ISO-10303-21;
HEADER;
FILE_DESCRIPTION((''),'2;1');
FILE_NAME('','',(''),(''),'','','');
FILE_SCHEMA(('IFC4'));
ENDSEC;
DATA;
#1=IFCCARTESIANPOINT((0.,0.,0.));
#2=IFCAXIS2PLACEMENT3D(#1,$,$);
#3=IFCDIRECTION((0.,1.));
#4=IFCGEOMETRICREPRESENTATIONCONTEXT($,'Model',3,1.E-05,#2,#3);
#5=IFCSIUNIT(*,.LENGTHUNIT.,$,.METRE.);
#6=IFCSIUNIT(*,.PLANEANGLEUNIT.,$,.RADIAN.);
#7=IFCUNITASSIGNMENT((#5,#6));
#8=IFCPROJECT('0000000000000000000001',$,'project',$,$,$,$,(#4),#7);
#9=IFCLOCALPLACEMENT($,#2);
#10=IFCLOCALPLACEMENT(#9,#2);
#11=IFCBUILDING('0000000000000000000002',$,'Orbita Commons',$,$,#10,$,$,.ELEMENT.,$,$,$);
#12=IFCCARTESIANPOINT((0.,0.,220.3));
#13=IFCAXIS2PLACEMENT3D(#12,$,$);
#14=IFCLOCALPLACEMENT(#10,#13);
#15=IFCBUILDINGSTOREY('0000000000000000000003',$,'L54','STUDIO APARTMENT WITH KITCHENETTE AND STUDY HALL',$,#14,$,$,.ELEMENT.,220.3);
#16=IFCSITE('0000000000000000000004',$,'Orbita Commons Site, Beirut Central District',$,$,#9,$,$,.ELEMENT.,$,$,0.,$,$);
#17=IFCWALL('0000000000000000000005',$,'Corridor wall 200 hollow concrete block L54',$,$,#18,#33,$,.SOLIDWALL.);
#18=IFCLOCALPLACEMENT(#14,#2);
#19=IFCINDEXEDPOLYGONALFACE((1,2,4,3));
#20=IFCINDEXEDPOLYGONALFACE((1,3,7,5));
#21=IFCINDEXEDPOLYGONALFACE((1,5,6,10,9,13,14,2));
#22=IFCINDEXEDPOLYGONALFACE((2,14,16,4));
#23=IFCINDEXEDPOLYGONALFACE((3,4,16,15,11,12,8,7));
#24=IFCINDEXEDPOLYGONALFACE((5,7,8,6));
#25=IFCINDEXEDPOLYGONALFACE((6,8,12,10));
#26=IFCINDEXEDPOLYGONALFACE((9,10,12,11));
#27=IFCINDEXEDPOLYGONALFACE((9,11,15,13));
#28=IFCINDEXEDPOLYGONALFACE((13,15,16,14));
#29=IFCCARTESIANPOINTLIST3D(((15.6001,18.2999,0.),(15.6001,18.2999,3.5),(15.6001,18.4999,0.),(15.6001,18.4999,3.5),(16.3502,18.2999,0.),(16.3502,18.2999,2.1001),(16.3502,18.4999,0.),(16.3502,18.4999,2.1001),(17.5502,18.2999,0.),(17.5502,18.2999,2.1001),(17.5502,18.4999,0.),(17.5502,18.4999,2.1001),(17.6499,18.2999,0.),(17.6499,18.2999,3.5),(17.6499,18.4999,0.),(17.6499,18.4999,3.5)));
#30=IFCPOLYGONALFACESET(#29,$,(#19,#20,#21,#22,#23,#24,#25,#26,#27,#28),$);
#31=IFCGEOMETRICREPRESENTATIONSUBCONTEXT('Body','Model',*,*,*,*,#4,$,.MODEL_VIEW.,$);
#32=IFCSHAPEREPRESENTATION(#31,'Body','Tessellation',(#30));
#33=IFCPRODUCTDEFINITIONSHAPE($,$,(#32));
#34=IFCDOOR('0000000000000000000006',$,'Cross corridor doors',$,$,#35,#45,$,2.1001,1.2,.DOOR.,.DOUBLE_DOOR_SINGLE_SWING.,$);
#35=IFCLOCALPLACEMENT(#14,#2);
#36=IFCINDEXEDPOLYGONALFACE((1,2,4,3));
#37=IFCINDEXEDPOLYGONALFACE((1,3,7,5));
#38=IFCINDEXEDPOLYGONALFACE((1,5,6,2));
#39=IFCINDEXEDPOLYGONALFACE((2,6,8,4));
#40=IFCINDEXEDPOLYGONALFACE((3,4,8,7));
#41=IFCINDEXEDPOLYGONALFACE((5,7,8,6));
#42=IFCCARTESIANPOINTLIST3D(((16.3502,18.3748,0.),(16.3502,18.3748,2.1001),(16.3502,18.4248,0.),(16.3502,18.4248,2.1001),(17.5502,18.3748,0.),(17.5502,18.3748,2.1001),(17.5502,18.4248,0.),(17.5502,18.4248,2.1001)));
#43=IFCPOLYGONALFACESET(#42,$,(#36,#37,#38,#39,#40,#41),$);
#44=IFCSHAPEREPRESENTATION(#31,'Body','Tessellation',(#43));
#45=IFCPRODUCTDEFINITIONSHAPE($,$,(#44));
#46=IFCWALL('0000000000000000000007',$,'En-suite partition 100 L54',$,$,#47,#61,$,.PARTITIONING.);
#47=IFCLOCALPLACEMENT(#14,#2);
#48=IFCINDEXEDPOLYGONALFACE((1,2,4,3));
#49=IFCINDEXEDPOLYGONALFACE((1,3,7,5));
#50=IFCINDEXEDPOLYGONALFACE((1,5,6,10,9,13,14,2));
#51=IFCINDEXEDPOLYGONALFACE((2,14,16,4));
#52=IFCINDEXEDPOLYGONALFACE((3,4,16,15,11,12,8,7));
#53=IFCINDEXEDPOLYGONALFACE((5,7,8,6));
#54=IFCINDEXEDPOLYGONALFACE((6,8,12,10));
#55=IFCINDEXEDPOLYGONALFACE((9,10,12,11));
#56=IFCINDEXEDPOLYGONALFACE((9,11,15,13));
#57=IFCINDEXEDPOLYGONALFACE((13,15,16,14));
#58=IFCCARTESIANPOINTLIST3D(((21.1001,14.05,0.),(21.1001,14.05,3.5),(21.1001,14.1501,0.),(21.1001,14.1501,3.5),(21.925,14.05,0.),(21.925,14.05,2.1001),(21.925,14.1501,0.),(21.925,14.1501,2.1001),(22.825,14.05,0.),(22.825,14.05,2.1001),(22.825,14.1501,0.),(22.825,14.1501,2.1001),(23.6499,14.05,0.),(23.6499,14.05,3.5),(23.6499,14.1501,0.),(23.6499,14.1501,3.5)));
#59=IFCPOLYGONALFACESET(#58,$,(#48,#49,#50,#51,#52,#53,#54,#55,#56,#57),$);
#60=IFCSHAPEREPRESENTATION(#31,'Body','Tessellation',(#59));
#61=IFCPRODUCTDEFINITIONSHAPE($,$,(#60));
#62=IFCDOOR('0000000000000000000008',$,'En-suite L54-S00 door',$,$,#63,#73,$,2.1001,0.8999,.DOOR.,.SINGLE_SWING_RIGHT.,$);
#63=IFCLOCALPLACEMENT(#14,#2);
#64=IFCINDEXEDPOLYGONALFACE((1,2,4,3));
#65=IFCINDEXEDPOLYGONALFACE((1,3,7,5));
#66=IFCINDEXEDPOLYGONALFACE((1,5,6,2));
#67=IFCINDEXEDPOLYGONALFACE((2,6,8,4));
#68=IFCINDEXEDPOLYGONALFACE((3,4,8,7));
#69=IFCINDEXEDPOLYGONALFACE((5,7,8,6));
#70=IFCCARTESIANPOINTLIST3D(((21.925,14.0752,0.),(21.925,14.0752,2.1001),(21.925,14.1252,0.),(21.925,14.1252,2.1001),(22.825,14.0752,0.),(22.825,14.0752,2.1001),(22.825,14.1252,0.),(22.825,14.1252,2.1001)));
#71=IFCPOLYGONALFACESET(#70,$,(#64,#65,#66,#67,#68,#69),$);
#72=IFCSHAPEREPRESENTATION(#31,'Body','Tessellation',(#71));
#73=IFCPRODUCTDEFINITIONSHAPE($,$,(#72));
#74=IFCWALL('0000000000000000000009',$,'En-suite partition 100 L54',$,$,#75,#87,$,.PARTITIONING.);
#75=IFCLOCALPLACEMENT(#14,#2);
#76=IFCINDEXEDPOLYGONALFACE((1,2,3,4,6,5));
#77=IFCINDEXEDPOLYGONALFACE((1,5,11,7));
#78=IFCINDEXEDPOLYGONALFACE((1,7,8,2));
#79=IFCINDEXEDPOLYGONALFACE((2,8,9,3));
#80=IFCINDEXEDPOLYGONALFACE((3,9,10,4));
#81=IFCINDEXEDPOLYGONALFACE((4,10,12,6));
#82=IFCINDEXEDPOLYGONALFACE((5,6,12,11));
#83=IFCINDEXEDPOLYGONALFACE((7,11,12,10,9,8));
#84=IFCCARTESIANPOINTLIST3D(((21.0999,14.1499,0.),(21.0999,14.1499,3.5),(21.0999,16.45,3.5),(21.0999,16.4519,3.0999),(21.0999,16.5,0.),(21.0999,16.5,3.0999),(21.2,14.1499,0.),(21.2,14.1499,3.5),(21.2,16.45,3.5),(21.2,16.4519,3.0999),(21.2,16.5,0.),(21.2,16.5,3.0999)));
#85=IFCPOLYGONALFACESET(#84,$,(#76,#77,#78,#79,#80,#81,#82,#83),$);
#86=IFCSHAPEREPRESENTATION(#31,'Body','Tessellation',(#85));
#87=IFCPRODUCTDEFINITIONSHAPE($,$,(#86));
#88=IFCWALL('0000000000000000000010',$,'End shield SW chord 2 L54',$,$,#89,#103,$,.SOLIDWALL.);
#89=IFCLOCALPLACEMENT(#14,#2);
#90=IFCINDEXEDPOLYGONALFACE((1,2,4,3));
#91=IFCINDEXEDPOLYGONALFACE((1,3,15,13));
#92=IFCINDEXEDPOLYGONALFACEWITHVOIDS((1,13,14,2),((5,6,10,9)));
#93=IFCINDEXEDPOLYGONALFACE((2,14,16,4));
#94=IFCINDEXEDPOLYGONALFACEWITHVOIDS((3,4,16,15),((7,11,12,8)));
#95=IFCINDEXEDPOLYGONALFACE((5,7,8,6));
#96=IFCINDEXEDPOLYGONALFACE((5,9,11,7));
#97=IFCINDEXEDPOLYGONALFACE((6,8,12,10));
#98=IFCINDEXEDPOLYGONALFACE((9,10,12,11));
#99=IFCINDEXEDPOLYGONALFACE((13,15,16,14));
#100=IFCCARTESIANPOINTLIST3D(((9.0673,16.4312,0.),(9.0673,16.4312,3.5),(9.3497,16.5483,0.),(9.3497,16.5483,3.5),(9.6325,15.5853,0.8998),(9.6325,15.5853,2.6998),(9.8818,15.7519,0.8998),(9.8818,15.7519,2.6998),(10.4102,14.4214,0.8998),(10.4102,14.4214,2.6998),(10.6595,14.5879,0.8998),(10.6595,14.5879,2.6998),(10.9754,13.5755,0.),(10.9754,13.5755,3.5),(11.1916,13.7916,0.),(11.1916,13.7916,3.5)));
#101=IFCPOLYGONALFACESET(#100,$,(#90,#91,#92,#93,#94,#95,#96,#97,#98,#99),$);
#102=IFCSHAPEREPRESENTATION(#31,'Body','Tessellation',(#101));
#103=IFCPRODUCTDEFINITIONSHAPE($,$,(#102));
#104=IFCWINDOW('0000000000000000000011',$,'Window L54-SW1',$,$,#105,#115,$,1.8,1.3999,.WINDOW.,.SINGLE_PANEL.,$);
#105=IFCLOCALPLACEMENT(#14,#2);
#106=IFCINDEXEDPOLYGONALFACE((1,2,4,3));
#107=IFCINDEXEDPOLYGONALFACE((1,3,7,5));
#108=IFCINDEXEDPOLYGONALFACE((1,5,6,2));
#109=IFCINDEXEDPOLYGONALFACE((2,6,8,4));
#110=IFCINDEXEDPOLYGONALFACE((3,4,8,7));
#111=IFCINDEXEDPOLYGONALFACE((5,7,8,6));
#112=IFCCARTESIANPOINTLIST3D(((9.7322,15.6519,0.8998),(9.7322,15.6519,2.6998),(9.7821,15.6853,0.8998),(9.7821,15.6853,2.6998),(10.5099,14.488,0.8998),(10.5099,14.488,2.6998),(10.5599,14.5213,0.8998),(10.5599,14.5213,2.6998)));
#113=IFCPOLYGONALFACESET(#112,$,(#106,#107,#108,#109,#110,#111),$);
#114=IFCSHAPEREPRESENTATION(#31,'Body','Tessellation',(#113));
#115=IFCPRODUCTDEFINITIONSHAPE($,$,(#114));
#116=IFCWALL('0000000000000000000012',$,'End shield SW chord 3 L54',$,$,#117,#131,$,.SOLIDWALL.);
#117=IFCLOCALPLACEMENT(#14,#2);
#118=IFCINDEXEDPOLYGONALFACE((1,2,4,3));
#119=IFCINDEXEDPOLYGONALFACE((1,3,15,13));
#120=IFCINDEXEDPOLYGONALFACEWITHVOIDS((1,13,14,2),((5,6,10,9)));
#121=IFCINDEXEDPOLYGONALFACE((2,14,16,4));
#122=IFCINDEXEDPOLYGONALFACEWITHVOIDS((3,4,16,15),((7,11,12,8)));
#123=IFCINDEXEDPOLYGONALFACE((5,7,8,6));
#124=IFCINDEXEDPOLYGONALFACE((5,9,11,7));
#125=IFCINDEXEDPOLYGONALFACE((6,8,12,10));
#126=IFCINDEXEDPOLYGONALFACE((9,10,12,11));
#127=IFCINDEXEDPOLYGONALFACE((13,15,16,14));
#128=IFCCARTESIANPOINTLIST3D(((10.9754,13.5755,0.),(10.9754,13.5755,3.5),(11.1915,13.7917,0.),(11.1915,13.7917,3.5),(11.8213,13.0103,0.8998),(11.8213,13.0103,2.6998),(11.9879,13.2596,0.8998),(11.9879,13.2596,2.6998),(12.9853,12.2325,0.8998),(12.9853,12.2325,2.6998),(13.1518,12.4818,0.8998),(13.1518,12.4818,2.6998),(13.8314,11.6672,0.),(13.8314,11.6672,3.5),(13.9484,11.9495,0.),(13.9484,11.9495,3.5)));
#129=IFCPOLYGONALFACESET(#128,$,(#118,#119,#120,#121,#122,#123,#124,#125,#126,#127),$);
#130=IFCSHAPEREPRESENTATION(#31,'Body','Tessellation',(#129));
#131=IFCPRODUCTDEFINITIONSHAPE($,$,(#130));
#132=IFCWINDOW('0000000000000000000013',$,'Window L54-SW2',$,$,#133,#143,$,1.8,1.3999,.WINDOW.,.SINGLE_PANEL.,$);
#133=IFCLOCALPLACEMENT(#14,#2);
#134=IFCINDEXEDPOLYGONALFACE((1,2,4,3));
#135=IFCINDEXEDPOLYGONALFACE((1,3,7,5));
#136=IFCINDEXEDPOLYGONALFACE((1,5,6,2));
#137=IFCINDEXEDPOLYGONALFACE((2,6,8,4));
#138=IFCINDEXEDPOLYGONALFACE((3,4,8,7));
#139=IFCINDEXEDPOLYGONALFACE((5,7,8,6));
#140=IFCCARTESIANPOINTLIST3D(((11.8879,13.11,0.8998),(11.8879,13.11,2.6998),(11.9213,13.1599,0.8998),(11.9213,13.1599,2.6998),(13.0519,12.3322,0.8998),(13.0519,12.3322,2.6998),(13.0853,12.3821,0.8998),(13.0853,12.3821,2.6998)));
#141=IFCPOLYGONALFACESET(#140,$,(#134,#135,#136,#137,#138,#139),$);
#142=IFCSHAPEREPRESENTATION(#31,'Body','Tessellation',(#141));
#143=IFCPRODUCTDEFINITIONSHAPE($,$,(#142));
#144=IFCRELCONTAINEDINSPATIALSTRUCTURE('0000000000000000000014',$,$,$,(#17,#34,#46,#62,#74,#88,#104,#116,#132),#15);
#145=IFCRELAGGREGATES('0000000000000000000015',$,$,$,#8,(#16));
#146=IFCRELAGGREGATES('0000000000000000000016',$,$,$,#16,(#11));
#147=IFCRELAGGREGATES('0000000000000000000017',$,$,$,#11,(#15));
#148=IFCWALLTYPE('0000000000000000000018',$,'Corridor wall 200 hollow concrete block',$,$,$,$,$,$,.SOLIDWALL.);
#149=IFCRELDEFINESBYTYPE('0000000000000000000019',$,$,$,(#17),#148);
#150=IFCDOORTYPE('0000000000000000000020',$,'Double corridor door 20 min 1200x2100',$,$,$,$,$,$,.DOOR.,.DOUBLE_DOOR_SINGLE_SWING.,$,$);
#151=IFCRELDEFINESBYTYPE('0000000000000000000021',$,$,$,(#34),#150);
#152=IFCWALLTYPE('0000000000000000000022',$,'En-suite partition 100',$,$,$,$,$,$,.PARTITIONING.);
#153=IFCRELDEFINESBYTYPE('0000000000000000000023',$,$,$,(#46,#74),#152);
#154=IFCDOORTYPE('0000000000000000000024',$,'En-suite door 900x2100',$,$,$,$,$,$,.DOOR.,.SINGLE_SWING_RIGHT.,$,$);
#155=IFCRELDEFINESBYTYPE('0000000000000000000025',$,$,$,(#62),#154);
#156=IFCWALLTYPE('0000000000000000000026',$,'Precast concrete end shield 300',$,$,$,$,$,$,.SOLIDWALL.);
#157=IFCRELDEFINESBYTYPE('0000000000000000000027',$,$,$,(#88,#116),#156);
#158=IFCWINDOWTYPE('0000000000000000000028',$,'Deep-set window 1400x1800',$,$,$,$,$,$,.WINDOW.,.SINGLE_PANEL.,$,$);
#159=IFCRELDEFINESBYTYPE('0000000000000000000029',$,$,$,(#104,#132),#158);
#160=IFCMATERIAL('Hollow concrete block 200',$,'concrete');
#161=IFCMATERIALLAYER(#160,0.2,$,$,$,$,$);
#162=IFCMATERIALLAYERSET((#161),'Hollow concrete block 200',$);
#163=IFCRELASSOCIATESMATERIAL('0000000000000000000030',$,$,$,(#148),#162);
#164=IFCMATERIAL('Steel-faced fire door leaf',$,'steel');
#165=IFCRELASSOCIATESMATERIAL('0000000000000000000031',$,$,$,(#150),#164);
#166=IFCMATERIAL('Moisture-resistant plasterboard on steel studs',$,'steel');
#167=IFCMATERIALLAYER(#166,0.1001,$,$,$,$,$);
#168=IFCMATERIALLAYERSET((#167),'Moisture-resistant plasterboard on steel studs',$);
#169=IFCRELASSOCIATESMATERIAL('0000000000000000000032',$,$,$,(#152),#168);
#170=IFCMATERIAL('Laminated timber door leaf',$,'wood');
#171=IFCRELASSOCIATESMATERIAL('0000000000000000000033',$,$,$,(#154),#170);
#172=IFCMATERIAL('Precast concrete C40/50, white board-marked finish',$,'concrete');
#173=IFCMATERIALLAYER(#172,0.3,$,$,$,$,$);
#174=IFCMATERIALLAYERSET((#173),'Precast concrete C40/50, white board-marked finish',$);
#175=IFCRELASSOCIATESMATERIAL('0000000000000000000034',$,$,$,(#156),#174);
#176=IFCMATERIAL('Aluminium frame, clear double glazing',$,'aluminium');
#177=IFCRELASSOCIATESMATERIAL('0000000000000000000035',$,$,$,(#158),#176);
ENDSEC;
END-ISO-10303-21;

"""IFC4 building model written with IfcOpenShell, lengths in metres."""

from ifc_helpers import new_model, si_unit, direction, frame, frame_2d, origin, place, context, subcontext, project, spatial, polyline, rectangle, outline, extrude, material, layer, layer_set, type_object, element, fill, save


model = new_model("IFC4")

# Units and contexts
model_context = context("Model", 3, precision=1e-05, world=origin(), true_north=direction((0.0, 1.0)))
body_context = subcontext(model_context, "Body", "Model", "MODEL_VIEW")
ifc_project = project(units=[si_unit("LENGTHUNIT", "METRE"), si_unit("PLANEANGLEUNIT", "RADIAN")], contexts=[model_context])

# Site, building, storey
site_placement = place(None, origin())
site = spatial("IfcSite", under=ifc_project, at=site_placement, Name="Orbita Commons Site, Beirut Central District", CompositionType="ELEMENT", RefElevation=0.0)
building_placement = place(site_placement, origin())
building = spatial("IfcBuilding", under=site, at=building_placement, Name="Orbita Commons", CompositionType="ELEMENT")
storey_placement = place(building_placement, frame((0.0, 0.0, 220.3)))
storey = spatial("IfcBuildingStorey", under=building, at=storey_placement, Name="L54", Description="STUDIO APARTMENT WITH KITCHENETTE AND STUDY HALL", CompositionType="ELEMENT", Elevation=220.3)

# Walls, openings, doors
ifc_material_1 = material(Name="Hollow concrete block 200", Category="concrete")
ifc_layer_1 = layer(ifc_material_1, 0.2)
ifc_layer_set_1 = layer_set([ifc_layer_1], Name="Hollow concrete block 200")
wall_type_1 = type_object("IfcWallType", Name="Corridor wall 200 hollow concrete block", PredefinedType="SOLIDWALL", material=ifc_layer_set_1)
wall_1_placement = place(storey_placement, frame((15.6001, 18.3999, 0.0), z_axis=(0.0, 0.0, 1.0), x_axis=(1.0, 0.0, 0.0)))
wall_1 = element("IfcWall", 1, at=wall_1_placement, inside=storey, type_object=wall_type_1, Name="Corridor wall 200 hollow concrete block L54", PredefinedType="SOLIDWALL", context=body_context, shape_type="SweptSolid", body=[
    extrude(rectangle(XDim=2.0498, YDim=0.2, at=frame_2d((1.0249, 0.0))), origin(), (0.0, 0.0, 1.0), 3.5),
])
opening_1_placement = place(wall_1_placement, frame((0.75, 0.0, 0.0)))
opening_1 = element("IfcOpeningElement", 2, at=opening_1_placement, cuts=wall_1, PredefinedType="OPENING", context=body_context, shape_type="SweptSolid", body=[
    extrude(rectangle(XDim=1.2, YDim=2.1001, at=frame_2d((0.6001, 1.05))), frame((0.0, 0.1099, 0.0), z_axis=(0.0, -1.0, 0.0), x_axis=(1.0, 0.0, 0.0)), (0.0, 0.0, 1.0), 0.22),
])
ifc_material_2 = material(Name="Steel-faced fire door leaf", Category="steel")
door_type_1 = type_object("IfcDoorType", Name="Double corridor door 20 min 1200x2100", OperationType="DOUBLE_DOOR_SINGLE_SWING", PredefinedType="DOOR", material=ifc_material_2)
door_1_placement = place(opening_1_placement, origin())
door_1 = element("IfcDoor", 3, at=door_1_placement, inside=storey, type_object=door_type_1, Name="Cross corridor doors", OperationType="DOUBLE_DOOR_SINGLE_SWING", OverallHeight=2.1001, OverallWidth=1.2, PredefinedType="DOOR", context=body_context, shape_type="SweptSolid", body=[
    extrude(rectangle(XDim=1.2, YDim=2.1001, at=frame_2d((0.6001, 1.05))), frame((0.0, 0.0249, 0.0), z_axis=(0.0, -1.0, 0.0), x_axis=(1.0, 0.0, 0.0)), (0.0, 0.0, 1.0), 0.05),
])
fill(opening_1, door_1)
ifc_material_3 = material(Name="Moisture-resistant plasterboard on steel studs", Category="steel")
ifc_layer_2 = layer(ifc_material_3, 0.1001)
ifc_layer_set_2 = layer_set([ifc_layer_2], Name="Moisture-resistant plasterboard on steel studs")
wall_type_2 = type_object("IfcWallType", Name="En-suite partition 100", PredefinedType="PARTITIONING", material=ifc_layer_set_2)
wall_2_placement = place(storey_placement, frame((23.6499, 14.1001, 0.0), z_axis=(0.0, 0.0, 1.0), x_axis=(-1.0, 0.0, 0.0)))
wall_2 = element("IfcWall", 4, at=wall_2_placement, inside=storey, type_object=wall_type_2, Name="En-suite partition 100 L54", PredefinedType="PARTITIONING", context=body_context, shape_type="SweptSolid", body=[
    extrude(rectangle(XDim=2.5498, YDim=0.1001, at=frame_2d((1.2749, 0.0))), origin(), (0.0, 0.0, 1.0), 3.5),
])
opening_2_placement = place(wall_2_placement, frame((0.825, 0.0, 0.0)))
opening_2 = element("IfcOpeningElement", 5, at=opening_2_placement, cuts=wall_2, PredefinedType="OPENING", context=body_context, shape_type="SweptSolid", body=[
    extrude(rectangle(XDim=0.8999, YDim=2.1001, at=frame_2d((0.45, 1.05))), frame((0.0, 0.0601, 0.0), z_axis=(0.0, -1.0, 0.0), x_axis=(1.0, 0.0, 0.0)), (0.0, 0.0, 1.0), 0.1201),
])
ifc_material_4 = material(Name="Laminated timber door leaf", Category="wood")
door_type_2 = type_object("IfcDoorType", Name="En-suite door 900x2100", OperationType="SINGLE_SWING_RIGHT", PredefinedType="DOOR", material=ifc_material_4)
door_2_placement = place(opening_2_placement, origin())
door_2 = element("IfcDoor", 6, at=door_2_placement, inside=storey, type_object=door_type_2, Name="En-suite L54-S00 door", OperationType="SINGLE_SWING_RIGHT", OverallHeight=2.1001, OverallWidth=0.8999, PredefinedType="DOOR", context=body_context, shape_type="SweptSolid", body=[
    extrude(rectangle(XDim=0.8999, YDim=2.1001, at=frame_2d((0.45, 1.05))), frame((0.0, 0.0249, 0.0), z_axis=(0.0, -1.0, 0.0), x_axis=(1.0, 0.0, 0.0)), (0.0, 0.0, 1.0), 0.05),
])
fill(opening_2, door_2)

# Wall
wall_3_placement = place(storey_placement, frame((21.1499, 14.1499, 0.0), z_axis=(0.0, 0.0, 1.0), x_axis=(0.0, 1.0, 0.0)))
element("IfcWall", 7, at=wall_3_placement, inside=storey, type_object=wall_type_2, Name="En-suite partition 100 L54", PredefinedType="PARTITIONING", context=body_context, shape_type="SweptSolid", body=[
    extrude(outline(polyline([(0.0, 0.0), (2.3501, 0.0), (2.3501, 3.0999), (2.302, 3.0999), (2.3, 3.5), (0.0, 3.5), (0.0, 0.0)])), frame((0.0, 0.05, 0.0), z_axis=(0.0, -1.0, 0.0), x_axis=(1.0, 0.0, 0.0)), (0.0, 0.0, 1.0), 0.1001),
])

# Walls, openings, windows
ifc_material_5 = material(Name="Precast concrete C40/50, white board-marked finish", Category="concrete")
ifc_layer_3 = layer(ifc_material_5, 0.3)
ifc_layer_set_3 = layer_set([ifc_layer_3], Name="Precast concrete C40/50, white board-marked finish")
wall_type_3 = type_object("IfcWallType", Name="Precast concrete end shield 300", PredefinedType="SOLIDWALL", material=ifc_layer_set_3)
wall_4_placement = place(storey_placement, frame((9.2085, 16.4897, 0.0), z_axis=(0.0, 0.0, 1.0), x_axis=(0.555568, -0.831471, 0.0)))
wall_4 = element("IfcWall", 8, at=wall_4_placement, inside=storey, type_object=wall_type_3, Name="End shield SW chord 2 L54", PredefinedType="SOLIDWALL", context=body_context, shape_type="SweptSolid", body=[
    extrude(outline(polyline([(-0.0298, -0.1499), (3.4048, -0.1499), (3.3452, 0.1499), (0.0298, 0.1499), (-0.0298, -0.1499)])), origin(), (0.0, 0.0, 1.0), 3.5),
])
opening_3_placement = place(wall_4_placement, frame((0.9875, 0.0, 0.8999)))
opening_3 = element("IfcOpeningElement", 9, at=opening_3_placement, cuts=wall_4, PredefinedType="OPENING", context=body_context, shape_type="SweptSolid", body=[
    extrude(rectangle(XDim=1.3999, YDim=1.8, at=frame_2d((0.7, 0.8999))), frame((0.0, 0.1599, 0.0), z_axis=(0.0, -1.0, 0.0), x_axis=(1.0, 0.0, 0.0)), (0.0, 0.0, 1.0), 0.3201),
])
ifc_material_6 = material(Name="Aluminium frame, clear double glazing", Category="aluminium")
window_type = type_object("IfcWindowType", Name="Deep-set window 1400x1800", PartitioningType="SINGLE_PANEL", PredefinedType="WINDOW", material=ifc_material_6)
window_1_placement = place(opening_3_placement, origin())
window_1 = element("IfcWindow", 10, at=window_1_placement, inside=storey, type_object=window_type, Name="Window L54-SW1", OverallHeight=1.8, OverallWidth=1.3999, PartitioningType="SINGLE_PANEL", PredefinedType="WINDOW", context=body_context, shape_type="SweptSolid", body=[
    extrude(rectangle(XDim=1.3999, YDim=1.8, at=frame_2d((0.7, 0.8999))), frame((0.0, 0.03, 0.0), z_axis=(0.0, -1.0, 0.0), x_axis=(1.0, 0.0, 0.0)), (0.0, 0.0, 1.0), 0.0601),
])
fill(opening_3, window_1)
wall_5_placement = place(storey_placement, frame((11.0835, 13.6836, 0.0), z_axis=(0.0, 0.0, 1.0), x_axis=(0.83146, -0.555585, 0.0)))
wall_5 = element("IfcWall", 11, at=wall_5_placement, inside=storey, type_object=wall_type_3, Name="End shield SW chord 3 L54", PredefinedType="SOLIDWALL", context=body_context, shape_type="SweptSolid", body=[
    extrude(outline(polyline([(-0.0298, -0.1499), (3.405, -0.1499), (3.3455, 0.1499), (0.0298, 0.1499), (-0.0298, -0.1499)])), origin(), (0.0, 0.0, 1.0), 3.5),
])
opening_4_placement = place(wall_5_placement, frame((0.9875, 0.0, 0.8999)))
opening_4 = element("IfcOpeningElement", 12, at=opening_4_placement, cuts=wall_5, PredefinedType="OPENING", context=body_context, shape_type="SweptSolid", body=[
    extrude(rectangle(XDim=1.3999, YDim=1.8, at=frame_2d((0.7, 0.8999))), frame((0.0, 0.1599, 0.0), z_axis=(0.0, -1.0, 0.0), x_axis=(1.0, 0.0, 0.0)), (0.0, 0.0, 1.0), 0.3201),
])
window_2_placement = place(opening_4_placement, origin())
window_2 = element("IfcWindow", 13, at=window_2_placement, inside=storey, type_object=window_type, Name="Window L54-SW2", OverallHeight=1.8, OverallWidth=1.3999, PartitioningType="SINGLE_PANEL", PredefinedType="WINDOW", context=body_context, shape_type="SweptSolid", body=[
    extrude(rectangle(XDim=1.3999, YDim=1.8, at=frame_2d((0.7, 0.8999))), frame((0.0, 0.03, 0.0), z_axis=(0.0, -1.0, 0.0), x_axis=(1.0, 0.0, 0.0)), (0.0, 0.0, 1.0), 0.0601),
])
fill(opening_4, window_2)

save(model, "model.ifc")
